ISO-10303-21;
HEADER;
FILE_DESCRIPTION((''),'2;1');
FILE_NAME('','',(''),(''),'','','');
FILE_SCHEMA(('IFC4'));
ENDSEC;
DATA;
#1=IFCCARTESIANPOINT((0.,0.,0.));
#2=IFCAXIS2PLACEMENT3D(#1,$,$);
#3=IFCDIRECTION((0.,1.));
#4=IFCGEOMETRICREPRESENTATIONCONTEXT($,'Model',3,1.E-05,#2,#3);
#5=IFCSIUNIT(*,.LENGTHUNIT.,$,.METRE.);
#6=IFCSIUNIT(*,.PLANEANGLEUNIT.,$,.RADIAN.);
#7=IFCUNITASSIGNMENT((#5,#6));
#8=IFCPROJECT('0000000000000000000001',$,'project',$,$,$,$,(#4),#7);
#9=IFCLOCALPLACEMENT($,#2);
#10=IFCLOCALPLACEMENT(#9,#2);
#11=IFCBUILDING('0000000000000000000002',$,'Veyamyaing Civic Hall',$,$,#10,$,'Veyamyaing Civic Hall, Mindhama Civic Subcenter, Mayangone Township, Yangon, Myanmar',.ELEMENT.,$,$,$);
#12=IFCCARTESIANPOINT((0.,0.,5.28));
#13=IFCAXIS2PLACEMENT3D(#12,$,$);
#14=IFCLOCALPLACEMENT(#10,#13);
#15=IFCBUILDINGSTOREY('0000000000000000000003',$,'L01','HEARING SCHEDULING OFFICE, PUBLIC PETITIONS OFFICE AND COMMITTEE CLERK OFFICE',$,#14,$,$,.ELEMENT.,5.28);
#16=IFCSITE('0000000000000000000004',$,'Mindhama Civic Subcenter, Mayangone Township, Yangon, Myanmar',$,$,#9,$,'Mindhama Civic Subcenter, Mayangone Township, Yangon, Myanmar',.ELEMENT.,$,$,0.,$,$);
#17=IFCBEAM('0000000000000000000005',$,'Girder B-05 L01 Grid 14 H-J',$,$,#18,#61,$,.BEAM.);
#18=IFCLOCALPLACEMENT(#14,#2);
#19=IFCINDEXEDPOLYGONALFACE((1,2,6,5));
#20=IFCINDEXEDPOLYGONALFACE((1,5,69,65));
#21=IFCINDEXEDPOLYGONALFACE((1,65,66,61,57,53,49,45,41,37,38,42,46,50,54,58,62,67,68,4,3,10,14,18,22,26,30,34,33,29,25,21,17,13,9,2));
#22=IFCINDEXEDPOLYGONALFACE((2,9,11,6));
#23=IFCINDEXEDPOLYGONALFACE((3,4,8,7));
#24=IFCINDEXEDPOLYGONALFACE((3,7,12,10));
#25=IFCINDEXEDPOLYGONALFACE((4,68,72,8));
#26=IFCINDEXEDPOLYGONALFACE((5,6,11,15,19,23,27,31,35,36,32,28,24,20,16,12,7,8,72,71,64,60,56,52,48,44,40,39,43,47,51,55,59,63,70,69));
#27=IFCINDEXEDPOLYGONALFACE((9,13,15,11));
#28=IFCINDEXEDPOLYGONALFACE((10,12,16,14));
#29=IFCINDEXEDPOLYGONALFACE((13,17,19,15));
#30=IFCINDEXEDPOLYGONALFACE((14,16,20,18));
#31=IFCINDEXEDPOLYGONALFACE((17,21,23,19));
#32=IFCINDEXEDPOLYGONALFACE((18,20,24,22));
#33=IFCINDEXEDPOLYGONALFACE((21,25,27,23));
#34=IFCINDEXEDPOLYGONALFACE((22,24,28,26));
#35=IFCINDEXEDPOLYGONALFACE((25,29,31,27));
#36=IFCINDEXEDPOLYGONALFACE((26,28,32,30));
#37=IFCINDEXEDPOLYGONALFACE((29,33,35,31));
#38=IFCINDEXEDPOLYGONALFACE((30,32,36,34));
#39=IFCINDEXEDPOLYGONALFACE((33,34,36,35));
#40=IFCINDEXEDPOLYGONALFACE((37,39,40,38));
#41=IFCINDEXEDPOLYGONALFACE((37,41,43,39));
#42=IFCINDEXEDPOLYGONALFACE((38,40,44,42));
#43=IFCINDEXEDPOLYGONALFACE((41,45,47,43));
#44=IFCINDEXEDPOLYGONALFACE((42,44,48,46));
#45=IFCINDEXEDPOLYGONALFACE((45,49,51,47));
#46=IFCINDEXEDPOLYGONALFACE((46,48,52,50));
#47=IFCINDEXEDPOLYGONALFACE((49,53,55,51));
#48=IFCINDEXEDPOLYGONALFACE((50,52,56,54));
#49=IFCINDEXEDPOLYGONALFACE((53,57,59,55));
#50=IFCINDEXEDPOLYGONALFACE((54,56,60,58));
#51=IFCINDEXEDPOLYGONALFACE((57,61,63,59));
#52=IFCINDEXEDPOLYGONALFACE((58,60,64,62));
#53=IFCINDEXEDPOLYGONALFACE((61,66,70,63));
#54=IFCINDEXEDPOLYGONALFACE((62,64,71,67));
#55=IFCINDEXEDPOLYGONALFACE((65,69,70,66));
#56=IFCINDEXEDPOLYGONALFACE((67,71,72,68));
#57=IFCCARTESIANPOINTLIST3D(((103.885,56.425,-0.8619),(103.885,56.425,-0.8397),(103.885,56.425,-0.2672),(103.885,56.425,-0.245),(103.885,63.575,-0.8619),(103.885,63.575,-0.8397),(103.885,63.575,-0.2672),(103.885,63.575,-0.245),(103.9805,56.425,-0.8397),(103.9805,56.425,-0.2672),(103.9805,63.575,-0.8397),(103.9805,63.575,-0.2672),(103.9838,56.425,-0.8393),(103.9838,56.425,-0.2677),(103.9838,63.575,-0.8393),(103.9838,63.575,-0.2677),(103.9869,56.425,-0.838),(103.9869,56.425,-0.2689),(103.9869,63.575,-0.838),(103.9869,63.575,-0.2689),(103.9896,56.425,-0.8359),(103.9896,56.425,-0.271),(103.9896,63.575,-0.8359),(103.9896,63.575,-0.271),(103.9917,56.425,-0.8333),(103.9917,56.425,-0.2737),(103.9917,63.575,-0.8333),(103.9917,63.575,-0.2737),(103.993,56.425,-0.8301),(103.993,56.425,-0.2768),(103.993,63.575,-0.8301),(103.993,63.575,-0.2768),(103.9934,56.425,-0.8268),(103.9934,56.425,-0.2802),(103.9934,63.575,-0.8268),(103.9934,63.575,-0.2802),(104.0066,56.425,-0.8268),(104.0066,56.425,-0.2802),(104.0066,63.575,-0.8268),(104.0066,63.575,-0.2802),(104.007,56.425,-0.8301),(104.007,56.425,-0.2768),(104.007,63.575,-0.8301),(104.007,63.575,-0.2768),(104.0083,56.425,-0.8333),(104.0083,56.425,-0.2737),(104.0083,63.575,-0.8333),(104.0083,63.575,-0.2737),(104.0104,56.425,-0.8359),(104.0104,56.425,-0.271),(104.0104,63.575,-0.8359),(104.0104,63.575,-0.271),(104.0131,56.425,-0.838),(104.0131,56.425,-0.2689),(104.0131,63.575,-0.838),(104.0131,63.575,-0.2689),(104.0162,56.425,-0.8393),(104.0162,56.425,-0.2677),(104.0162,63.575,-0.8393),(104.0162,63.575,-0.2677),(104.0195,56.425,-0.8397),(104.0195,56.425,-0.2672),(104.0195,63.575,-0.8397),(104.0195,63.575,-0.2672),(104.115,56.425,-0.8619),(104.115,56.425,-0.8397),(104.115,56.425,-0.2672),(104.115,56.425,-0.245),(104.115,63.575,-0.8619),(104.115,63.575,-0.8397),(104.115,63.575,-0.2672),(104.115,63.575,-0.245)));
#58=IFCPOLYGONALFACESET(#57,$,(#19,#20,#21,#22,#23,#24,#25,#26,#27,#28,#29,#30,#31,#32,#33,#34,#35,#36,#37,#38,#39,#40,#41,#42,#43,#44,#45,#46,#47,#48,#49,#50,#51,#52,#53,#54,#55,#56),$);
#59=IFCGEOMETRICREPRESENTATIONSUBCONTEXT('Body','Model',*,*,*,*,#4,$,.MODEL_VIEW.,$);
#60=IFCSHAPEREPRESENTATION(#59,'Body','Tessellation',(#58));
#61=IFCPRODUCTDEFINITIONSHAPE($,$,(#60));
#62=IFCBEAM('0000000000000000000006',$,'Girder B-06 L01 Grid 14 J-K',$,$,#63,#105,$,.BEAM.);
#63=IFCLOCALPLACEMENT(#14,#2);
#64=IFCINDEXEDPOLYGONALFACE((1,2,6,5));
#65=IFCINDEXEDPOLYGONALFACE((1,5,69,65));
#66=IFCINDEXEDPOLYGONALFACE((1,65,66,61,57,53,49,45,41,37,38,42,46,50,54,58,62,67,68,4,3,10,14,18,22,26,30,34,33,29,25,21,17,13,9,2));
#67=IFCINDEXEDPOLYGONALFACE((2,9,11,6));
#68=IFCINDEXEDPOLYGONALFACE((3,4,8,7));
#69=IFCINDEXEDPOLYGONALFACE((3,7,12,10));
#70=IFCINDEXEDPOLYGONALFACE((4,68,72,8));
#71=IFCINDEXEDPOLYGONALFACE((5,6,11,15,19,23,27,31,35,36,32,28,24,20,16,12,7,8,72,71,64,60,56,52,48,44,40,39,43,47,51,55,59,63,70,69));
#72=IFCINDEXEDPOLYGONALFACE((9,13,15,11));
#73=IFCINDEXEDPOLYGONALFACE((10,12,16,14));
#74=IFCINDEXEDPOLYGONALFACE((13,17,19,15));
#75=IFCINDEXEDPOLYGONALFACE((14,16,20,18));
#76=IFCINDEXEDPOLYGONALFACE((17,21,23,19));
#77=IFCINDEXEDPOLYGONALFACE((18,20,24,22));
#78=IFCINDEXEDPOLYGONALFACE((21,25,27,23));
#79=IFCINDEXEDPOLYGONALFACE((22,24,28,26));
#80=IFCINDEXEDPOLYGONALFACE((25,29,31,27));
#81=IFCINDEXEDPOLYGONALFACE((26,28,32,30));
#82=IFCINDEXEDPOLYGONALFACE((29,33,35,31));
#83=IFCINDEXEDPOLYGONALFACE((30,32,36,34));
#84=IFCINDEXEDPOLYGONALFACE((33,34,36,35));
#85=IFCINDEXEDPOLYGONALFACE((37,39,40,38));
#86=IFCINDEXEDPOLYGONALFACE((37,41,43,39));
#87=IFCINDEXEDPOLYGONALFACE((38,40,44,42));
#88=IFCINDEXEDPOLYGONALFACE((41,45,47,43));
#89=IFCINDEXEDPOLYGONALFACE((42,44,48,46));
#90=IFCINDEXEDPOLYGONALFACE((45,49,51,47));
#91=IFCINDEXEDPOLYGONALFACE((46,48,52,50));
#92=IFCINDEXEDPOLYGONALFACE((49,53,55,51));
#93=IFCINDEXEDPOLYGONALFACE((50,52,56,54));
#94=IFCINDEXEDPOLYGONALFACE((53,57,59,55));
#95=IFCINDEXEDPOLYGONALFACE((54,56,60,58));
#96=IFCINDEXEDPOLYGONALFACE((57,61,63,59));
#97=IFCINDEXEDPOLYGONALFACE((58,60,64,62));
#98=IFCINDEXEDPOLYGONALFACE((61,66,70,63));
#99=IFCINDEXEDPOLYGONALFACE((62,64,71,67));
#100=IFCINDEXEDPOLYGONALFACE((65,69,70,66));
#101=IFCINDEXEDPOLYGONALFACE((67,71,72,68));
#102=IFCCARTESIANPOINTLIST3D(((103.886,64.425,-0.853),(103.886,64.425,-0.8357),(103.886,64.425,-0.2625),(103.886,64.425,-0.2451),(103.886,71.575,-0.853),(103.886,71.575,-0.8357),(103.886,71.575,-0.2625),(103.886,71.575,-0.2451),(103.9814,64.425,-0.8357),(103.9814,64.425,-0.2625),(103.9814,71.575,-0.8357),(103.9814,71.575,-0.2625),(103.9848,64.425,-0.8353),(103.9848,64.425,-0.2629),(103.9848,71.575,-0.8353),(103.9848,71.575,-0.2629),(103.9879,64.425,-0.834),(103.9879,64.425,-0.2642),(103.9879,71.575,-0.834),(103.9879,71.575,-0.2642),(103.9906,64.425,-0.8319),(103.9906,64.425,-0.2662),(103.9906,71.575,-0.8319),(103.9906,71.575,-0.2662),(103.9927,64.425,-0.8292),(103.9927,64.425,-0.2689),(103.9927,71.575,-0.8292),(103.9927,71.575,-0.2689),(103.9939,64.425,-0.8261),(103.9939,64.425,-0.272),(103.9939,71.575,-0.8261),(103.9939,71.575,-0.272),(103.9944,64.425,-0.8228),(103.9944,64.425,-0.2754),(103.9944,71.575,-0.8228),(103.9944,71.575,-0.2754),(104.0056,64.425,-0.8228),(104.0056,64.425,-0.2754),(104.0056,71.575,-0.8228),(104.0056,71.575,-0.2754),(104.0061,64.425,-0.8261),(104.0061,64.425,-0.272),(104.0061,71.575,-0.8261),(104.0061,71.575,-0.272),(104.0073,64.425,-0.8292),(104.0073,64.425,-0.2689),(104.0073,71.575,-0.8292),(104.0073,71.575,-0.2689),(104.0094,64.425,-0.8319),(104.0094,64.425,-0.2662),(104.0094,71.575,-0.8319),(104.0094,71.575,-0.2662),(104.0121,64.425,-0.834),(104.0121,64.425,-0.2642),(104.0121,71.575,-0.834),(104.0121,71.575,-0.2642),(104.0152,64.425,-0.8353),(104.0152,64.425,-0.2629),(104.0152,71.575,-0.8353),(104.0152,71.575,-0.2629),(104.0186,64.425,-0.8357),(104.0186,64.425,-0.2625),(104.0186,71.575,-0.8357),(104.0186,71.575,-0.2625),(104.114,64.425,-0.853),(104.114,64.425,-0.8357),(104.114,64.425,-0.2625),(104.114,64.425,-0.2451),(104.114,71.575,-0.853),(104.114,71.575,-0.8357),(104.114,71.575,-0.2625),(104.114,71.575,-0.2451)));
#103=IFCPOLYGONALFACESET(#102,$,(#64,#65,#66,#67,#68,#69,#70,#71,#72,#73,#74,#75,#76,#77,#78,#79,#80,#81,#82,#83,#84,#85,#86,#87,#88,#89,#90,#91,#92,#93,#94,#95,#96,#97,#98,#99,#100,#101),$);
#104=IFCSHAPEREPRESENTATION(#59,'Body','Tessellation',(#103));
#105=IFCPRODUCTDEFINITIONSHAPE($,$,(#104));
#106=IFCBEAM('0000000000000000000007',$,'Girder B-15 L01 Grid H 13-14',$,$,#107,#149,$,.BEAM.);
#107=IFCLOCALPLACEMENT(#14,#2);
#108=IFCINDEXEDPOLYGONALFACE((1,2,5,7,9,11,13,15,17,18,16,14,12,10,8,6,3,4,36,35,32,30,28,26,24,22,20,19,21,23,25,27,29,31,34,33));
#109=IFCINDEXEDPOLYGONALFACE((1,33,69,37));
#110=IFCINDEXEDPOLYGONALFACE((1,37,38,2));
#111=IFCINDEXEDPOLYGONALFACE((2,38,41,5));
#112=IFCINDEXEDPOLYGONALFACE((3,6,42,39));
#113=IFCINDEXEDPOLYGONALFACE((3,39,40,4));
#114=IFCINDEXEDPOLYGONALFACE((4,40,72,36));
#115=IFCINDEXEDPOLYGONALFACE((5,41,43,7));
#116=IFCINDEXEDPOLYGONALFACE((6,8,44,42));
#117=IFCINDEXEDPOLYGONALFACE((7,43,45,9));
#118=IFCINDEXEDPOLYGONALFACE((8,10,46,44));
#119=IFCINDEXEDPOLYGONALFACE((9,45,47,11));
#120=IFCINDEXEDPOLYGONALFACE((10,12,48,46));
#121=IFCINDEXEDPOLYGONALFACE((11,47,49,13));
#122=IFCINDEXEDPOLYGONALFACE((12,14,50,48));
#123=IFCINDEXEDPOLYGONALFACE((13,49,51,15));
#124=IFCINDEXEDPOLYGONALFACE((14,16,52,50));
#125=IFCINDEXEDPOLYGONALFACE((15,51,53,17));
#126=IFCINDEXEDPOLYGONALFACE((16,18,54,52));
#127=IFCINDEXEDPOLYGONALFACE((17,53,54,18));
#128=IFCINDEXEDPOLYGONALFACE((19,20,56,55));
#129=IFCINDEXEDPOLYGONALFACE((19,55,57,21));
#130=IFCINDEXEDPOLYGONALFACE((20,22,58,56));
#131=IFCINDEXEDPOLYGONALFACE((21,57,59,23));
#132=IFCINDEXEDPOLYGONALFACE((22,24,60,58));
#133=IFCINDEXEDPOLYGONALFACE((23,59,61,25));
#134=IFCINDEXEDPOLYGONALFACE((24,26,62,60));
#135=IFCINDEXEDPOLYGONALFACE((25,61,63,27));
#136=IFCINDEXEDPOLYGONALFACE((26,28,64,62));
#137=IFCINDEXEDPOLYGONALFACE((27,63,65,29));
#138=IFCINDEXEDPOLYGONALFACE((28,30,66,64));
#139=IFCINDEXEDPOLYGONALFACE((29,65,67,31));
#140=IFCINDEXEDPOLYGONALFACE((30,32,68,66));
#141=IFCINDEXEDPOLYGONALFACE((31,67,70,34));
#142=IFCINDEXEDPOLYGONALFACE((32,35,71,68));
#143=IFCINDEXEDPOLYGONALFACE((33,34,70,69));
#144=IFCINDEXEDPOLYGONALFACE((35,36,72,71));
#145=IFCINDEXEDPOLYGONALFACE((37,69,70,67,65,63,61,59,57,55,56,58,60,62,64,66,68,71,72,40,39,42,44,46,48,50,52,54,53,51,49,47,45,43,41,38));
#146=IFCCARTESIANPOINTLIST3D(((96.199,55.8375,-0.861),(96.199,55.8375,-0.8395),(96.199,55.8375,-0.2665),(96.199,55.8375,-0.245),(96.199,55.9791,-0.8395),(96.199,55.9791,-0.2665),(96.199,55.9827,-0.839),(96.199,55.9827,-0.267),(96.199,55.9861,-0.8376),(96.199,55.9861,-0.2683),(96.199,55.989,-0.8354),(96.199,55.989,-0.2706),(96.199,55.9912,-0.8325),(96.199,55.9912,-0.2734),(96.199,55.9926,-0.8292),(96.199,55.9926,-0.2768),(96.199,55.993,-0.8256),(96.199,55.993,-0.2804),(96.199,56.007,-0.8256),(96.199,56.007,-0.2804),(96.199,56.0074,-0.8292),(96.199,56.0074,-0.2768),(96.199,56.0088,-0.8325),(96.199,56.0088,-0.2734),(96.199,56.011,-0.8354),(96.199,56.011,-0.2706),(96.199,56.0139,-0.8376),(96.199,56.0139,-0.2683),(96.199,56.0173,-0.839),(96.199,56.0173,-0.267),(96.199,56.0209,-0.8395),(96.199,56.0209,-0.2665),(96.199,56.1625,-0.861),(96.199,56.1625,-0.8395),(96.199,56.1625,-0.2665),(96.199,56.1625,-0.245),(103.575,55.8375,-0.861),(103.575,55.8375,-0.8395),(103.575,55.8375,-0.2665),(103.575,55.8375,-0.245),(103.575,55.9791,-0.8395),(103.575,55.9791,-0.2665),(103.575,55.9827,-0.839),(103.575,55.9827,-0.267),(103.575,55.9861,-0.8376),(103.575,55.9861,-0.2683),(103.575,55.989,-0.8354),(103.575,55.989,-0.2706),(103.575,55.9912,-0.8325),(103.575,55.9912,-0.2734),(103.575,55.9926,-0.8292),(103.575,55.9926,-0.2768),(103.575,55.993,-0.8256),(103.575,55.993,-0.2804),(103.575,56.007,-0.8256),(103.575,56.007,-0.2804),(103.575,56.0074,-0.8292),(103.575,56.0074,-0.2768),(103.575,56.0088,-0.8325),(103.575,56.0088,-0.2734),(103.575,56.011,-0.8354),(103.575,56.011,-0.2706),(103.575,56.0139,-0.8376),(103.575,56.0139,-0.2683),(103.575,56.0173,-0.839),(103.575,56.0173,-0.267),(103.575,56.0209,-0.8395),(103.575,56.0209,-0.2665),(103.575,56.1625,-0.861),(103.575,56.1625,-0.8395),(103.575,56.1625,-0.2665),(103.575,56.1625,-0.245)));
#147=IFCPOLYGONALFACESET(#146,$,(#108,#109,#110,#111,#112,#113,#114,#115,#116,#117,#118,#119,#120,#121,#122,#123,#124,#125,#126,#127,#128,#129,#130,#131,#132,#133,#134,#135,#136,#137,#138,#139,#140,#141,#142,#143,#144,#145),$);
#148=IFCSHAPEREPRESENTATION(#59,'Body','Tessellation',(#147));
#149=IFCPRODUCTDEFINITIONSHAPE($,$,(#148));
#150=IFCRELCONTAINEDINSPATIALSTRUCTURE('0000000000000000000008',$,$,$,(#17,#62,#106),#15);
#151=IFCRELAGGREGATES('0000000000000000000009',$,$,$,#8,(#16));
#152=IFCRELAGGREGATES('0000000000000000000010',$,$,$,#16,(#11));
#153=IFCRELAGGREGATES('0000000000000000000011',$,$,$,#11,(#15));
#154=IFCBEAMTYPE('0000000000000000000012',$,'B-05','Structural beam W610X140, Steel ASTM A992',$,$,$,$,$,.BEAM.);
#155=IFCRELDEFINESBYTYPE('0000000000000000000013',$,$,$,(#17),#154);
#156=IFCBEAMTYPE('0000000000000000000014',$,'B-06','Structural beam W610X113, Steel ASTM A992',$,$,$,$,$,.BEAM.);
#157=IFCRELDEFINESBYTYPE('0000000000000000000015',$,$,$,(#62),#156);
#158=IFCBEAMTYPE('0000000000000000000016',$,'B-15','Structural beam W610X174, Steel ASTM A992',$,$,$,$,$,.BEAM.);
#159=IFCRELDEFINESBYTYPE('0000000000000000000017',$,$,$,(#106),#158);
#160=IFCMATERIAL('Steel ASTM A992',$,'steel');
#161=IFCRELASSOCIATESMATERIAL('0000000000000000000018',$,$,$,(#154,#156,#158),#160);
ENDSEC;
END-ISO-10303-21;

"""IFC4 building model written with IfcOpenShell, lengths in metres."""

from ifc_helpers import new_model, si_unit, direction, frame, origin, origin_2d, place, context, subcontext, project, spatial, i_section, extrude, material, material_profile, profile_set, type_object, element, save


model = new_model("IFC4")

# Units and contexts
model_context = context("Model", 3, precision=1e-05, world=origin(), true_north=direction((0.0, 1.0)))
body_context = subcontext(model_context, "Body", "Model", "MODEL_VIEW")
ifc_project = project(units=[si_unit("LENGTHUNIT", "METRE"), si_unit("PLANEANGLEUNIT", "RADIAN")], contexts=[model_context])

# Site, building, storey
site_placement = place(None, origin())
site = spatial("IfcSite", under=ifc_project, at=site_placement, Name="Mindhama Civic Subcenter, Mayangone Township, Yangon, Myanmar", LongName="Mindhama Civic Subcenter, Mayangone Township, Yangon, Myanmar", CompositionType="ELEMENT", RefElevation=0.0)
building_placement = place(site_placement, origin())
building = spatial("IfcBuilding", under=site, at=building_placement, Name="Veyamyaing Civic Hall", LongName="Veyamyaing Civic Hall, Mindhama Civic Subcenter, Mayangone Township, Yangon, Myanmar", CompositionType="ELEMENT")
storey_placement = place(building_placement, frame((0.0, 0.0, 5.28)))
storey = spatial("IfcBuildingStorey", under=building, at=storey_placement, Name="L01", Description="HEARING SCHEDULING OFFICE, PUBLIC PETITIONS OFFICE AND COMMITTEE CLERK OFFICE", CompositionType="ELEMENT", Elevation=5.28)

# Beams
ifc_material_1 = material(Name="Steel ASTM A992", Category="steel")
ifc_material_profile_1 = material_profile(ifc_material_1, i_section(OverallWidth=0.23, OverallDepth=0.6169, WebThickness=0.0132, FlangeThickness=0.0222, FilletRadius=0.0129, at=origin_2d()), Name="W610X140")
ifc_profile_set_1 = profile_set([ifc_material_profile_1], Name="Steel ASTM A992")
beam_type_1 = type_object("IfcBeamType", Name="B-05", Description="Structural beam W610X140, Steel ASTM A992", PredefinedType="BEAM", material=ifc_profile_set_1)
beam_1_placement = place(storey_placement, frame((104.0, 56.425, -0.5535), z_axis=(0.0, 1.0, 0.0), x_axis=(-1.0, 0.0, 0.0)))
element("IfcBeam", 1, at=beam_1_placement, inside=storey, type_object=beam_type_1, Name="Girder B-05 L01 Grid 14 H-J", PredefinedType="BEAM", context=body_context, shape_type="SweptSolid", body=[
    extrude(i_section(OverallWidth=0.23, OverallDepth=0.6169, WebThickness=0.0132, FlangeThickness=0.0222, FilletRadius=0.0129, at=origin_2d()), origin(), (0.0, 0.0, 1.0), 7.1499),
])
ifc_material_profile_2 = material_profile(ifc_material_1, i_section(OverallWidth=0.228, OverallDepth=0.6079, WebThickness=0.0112, FlangeThickness=0.0173, FilletRadius=0.0129, at=origin_2d()), Name="W610X113")
ifc_profile_set_2 = profile_set([ifc_material_profile_2], Name="Steel ASTM A992")
beam_type_2 = type_object("IfcBeamType", Name="B-06", Description="Structural beam W610X113, Steel ASTM A992", PredefinedType="BEAM", material=ifc_profile_set_2)
beam_2_placement = place(storey_placement, frame((104.0, 64.425, -0.5491), z_axis=(0.0, 1.0, 0.0), x_axis=(-1.0, 0.0, 0.0)))
element("IfcBeam", 2, at=beam_2_placement, inside=storey, type_object=beam_type_2, Name="Girder B-06 L01 Grid 14 J-K", PredefinedType="BEAM", context=body_context, shape_type="SweptSolid", body=[
    extrude(i_section(OverallWidth=0.228, OverallDepth=0.6079, WebThickness=0.0112, FlangeThickness=0.0173, FilletRadius=0.0129, at=origin_2d()), origin(), (0.0, 0.0, 1.0), 7.1499),
])
ifc_material_profile_3 = material_profile(ifc_material_1, i_section(OverallWidth=0.325, OverallDepth=0.616, WebThickness=0.0139, FlangeThickness=0.0215, FilletRadius=0.0139, at=origin_2d()), Name="W610X174")
ifc_profile_set_3 = profile_set([ifc_material_profile_3], Name="Steel ASTM A992")
beam_type_3 = type_object("IfcBeamType", Name="B-15", Description="Structural beam W610X174, Steel ASTM A992", PredefinedType="BEAM", material=ifc_profile_set_3)
beam_3_placement = place(storey_placement, frame((96.199, 56.0, -0.553), z_axis=(1.0, 0.0, 0.0), x_axis=(0.0, 1.0, 0.0)))
element("IfcBeam", 3, at=beam_3_placement, inside=storey, type_object=beam_type_3, Name="Girder B-15 L01 Grid H 13-14", PredefinedType="BEAM", context=body_context, shape_type="SweptSolid", body=[
    extrude(i_section(OverallWidth=0.325, OverallDepth=0.616, WebThickness=0.0139, FlangeThickness=0.0215, FilletRadius=0.0139, at=origin_2d()), origin(), (0.0, 0.0, 1.0), 7.376),
])

save(model, "model.ifc")
